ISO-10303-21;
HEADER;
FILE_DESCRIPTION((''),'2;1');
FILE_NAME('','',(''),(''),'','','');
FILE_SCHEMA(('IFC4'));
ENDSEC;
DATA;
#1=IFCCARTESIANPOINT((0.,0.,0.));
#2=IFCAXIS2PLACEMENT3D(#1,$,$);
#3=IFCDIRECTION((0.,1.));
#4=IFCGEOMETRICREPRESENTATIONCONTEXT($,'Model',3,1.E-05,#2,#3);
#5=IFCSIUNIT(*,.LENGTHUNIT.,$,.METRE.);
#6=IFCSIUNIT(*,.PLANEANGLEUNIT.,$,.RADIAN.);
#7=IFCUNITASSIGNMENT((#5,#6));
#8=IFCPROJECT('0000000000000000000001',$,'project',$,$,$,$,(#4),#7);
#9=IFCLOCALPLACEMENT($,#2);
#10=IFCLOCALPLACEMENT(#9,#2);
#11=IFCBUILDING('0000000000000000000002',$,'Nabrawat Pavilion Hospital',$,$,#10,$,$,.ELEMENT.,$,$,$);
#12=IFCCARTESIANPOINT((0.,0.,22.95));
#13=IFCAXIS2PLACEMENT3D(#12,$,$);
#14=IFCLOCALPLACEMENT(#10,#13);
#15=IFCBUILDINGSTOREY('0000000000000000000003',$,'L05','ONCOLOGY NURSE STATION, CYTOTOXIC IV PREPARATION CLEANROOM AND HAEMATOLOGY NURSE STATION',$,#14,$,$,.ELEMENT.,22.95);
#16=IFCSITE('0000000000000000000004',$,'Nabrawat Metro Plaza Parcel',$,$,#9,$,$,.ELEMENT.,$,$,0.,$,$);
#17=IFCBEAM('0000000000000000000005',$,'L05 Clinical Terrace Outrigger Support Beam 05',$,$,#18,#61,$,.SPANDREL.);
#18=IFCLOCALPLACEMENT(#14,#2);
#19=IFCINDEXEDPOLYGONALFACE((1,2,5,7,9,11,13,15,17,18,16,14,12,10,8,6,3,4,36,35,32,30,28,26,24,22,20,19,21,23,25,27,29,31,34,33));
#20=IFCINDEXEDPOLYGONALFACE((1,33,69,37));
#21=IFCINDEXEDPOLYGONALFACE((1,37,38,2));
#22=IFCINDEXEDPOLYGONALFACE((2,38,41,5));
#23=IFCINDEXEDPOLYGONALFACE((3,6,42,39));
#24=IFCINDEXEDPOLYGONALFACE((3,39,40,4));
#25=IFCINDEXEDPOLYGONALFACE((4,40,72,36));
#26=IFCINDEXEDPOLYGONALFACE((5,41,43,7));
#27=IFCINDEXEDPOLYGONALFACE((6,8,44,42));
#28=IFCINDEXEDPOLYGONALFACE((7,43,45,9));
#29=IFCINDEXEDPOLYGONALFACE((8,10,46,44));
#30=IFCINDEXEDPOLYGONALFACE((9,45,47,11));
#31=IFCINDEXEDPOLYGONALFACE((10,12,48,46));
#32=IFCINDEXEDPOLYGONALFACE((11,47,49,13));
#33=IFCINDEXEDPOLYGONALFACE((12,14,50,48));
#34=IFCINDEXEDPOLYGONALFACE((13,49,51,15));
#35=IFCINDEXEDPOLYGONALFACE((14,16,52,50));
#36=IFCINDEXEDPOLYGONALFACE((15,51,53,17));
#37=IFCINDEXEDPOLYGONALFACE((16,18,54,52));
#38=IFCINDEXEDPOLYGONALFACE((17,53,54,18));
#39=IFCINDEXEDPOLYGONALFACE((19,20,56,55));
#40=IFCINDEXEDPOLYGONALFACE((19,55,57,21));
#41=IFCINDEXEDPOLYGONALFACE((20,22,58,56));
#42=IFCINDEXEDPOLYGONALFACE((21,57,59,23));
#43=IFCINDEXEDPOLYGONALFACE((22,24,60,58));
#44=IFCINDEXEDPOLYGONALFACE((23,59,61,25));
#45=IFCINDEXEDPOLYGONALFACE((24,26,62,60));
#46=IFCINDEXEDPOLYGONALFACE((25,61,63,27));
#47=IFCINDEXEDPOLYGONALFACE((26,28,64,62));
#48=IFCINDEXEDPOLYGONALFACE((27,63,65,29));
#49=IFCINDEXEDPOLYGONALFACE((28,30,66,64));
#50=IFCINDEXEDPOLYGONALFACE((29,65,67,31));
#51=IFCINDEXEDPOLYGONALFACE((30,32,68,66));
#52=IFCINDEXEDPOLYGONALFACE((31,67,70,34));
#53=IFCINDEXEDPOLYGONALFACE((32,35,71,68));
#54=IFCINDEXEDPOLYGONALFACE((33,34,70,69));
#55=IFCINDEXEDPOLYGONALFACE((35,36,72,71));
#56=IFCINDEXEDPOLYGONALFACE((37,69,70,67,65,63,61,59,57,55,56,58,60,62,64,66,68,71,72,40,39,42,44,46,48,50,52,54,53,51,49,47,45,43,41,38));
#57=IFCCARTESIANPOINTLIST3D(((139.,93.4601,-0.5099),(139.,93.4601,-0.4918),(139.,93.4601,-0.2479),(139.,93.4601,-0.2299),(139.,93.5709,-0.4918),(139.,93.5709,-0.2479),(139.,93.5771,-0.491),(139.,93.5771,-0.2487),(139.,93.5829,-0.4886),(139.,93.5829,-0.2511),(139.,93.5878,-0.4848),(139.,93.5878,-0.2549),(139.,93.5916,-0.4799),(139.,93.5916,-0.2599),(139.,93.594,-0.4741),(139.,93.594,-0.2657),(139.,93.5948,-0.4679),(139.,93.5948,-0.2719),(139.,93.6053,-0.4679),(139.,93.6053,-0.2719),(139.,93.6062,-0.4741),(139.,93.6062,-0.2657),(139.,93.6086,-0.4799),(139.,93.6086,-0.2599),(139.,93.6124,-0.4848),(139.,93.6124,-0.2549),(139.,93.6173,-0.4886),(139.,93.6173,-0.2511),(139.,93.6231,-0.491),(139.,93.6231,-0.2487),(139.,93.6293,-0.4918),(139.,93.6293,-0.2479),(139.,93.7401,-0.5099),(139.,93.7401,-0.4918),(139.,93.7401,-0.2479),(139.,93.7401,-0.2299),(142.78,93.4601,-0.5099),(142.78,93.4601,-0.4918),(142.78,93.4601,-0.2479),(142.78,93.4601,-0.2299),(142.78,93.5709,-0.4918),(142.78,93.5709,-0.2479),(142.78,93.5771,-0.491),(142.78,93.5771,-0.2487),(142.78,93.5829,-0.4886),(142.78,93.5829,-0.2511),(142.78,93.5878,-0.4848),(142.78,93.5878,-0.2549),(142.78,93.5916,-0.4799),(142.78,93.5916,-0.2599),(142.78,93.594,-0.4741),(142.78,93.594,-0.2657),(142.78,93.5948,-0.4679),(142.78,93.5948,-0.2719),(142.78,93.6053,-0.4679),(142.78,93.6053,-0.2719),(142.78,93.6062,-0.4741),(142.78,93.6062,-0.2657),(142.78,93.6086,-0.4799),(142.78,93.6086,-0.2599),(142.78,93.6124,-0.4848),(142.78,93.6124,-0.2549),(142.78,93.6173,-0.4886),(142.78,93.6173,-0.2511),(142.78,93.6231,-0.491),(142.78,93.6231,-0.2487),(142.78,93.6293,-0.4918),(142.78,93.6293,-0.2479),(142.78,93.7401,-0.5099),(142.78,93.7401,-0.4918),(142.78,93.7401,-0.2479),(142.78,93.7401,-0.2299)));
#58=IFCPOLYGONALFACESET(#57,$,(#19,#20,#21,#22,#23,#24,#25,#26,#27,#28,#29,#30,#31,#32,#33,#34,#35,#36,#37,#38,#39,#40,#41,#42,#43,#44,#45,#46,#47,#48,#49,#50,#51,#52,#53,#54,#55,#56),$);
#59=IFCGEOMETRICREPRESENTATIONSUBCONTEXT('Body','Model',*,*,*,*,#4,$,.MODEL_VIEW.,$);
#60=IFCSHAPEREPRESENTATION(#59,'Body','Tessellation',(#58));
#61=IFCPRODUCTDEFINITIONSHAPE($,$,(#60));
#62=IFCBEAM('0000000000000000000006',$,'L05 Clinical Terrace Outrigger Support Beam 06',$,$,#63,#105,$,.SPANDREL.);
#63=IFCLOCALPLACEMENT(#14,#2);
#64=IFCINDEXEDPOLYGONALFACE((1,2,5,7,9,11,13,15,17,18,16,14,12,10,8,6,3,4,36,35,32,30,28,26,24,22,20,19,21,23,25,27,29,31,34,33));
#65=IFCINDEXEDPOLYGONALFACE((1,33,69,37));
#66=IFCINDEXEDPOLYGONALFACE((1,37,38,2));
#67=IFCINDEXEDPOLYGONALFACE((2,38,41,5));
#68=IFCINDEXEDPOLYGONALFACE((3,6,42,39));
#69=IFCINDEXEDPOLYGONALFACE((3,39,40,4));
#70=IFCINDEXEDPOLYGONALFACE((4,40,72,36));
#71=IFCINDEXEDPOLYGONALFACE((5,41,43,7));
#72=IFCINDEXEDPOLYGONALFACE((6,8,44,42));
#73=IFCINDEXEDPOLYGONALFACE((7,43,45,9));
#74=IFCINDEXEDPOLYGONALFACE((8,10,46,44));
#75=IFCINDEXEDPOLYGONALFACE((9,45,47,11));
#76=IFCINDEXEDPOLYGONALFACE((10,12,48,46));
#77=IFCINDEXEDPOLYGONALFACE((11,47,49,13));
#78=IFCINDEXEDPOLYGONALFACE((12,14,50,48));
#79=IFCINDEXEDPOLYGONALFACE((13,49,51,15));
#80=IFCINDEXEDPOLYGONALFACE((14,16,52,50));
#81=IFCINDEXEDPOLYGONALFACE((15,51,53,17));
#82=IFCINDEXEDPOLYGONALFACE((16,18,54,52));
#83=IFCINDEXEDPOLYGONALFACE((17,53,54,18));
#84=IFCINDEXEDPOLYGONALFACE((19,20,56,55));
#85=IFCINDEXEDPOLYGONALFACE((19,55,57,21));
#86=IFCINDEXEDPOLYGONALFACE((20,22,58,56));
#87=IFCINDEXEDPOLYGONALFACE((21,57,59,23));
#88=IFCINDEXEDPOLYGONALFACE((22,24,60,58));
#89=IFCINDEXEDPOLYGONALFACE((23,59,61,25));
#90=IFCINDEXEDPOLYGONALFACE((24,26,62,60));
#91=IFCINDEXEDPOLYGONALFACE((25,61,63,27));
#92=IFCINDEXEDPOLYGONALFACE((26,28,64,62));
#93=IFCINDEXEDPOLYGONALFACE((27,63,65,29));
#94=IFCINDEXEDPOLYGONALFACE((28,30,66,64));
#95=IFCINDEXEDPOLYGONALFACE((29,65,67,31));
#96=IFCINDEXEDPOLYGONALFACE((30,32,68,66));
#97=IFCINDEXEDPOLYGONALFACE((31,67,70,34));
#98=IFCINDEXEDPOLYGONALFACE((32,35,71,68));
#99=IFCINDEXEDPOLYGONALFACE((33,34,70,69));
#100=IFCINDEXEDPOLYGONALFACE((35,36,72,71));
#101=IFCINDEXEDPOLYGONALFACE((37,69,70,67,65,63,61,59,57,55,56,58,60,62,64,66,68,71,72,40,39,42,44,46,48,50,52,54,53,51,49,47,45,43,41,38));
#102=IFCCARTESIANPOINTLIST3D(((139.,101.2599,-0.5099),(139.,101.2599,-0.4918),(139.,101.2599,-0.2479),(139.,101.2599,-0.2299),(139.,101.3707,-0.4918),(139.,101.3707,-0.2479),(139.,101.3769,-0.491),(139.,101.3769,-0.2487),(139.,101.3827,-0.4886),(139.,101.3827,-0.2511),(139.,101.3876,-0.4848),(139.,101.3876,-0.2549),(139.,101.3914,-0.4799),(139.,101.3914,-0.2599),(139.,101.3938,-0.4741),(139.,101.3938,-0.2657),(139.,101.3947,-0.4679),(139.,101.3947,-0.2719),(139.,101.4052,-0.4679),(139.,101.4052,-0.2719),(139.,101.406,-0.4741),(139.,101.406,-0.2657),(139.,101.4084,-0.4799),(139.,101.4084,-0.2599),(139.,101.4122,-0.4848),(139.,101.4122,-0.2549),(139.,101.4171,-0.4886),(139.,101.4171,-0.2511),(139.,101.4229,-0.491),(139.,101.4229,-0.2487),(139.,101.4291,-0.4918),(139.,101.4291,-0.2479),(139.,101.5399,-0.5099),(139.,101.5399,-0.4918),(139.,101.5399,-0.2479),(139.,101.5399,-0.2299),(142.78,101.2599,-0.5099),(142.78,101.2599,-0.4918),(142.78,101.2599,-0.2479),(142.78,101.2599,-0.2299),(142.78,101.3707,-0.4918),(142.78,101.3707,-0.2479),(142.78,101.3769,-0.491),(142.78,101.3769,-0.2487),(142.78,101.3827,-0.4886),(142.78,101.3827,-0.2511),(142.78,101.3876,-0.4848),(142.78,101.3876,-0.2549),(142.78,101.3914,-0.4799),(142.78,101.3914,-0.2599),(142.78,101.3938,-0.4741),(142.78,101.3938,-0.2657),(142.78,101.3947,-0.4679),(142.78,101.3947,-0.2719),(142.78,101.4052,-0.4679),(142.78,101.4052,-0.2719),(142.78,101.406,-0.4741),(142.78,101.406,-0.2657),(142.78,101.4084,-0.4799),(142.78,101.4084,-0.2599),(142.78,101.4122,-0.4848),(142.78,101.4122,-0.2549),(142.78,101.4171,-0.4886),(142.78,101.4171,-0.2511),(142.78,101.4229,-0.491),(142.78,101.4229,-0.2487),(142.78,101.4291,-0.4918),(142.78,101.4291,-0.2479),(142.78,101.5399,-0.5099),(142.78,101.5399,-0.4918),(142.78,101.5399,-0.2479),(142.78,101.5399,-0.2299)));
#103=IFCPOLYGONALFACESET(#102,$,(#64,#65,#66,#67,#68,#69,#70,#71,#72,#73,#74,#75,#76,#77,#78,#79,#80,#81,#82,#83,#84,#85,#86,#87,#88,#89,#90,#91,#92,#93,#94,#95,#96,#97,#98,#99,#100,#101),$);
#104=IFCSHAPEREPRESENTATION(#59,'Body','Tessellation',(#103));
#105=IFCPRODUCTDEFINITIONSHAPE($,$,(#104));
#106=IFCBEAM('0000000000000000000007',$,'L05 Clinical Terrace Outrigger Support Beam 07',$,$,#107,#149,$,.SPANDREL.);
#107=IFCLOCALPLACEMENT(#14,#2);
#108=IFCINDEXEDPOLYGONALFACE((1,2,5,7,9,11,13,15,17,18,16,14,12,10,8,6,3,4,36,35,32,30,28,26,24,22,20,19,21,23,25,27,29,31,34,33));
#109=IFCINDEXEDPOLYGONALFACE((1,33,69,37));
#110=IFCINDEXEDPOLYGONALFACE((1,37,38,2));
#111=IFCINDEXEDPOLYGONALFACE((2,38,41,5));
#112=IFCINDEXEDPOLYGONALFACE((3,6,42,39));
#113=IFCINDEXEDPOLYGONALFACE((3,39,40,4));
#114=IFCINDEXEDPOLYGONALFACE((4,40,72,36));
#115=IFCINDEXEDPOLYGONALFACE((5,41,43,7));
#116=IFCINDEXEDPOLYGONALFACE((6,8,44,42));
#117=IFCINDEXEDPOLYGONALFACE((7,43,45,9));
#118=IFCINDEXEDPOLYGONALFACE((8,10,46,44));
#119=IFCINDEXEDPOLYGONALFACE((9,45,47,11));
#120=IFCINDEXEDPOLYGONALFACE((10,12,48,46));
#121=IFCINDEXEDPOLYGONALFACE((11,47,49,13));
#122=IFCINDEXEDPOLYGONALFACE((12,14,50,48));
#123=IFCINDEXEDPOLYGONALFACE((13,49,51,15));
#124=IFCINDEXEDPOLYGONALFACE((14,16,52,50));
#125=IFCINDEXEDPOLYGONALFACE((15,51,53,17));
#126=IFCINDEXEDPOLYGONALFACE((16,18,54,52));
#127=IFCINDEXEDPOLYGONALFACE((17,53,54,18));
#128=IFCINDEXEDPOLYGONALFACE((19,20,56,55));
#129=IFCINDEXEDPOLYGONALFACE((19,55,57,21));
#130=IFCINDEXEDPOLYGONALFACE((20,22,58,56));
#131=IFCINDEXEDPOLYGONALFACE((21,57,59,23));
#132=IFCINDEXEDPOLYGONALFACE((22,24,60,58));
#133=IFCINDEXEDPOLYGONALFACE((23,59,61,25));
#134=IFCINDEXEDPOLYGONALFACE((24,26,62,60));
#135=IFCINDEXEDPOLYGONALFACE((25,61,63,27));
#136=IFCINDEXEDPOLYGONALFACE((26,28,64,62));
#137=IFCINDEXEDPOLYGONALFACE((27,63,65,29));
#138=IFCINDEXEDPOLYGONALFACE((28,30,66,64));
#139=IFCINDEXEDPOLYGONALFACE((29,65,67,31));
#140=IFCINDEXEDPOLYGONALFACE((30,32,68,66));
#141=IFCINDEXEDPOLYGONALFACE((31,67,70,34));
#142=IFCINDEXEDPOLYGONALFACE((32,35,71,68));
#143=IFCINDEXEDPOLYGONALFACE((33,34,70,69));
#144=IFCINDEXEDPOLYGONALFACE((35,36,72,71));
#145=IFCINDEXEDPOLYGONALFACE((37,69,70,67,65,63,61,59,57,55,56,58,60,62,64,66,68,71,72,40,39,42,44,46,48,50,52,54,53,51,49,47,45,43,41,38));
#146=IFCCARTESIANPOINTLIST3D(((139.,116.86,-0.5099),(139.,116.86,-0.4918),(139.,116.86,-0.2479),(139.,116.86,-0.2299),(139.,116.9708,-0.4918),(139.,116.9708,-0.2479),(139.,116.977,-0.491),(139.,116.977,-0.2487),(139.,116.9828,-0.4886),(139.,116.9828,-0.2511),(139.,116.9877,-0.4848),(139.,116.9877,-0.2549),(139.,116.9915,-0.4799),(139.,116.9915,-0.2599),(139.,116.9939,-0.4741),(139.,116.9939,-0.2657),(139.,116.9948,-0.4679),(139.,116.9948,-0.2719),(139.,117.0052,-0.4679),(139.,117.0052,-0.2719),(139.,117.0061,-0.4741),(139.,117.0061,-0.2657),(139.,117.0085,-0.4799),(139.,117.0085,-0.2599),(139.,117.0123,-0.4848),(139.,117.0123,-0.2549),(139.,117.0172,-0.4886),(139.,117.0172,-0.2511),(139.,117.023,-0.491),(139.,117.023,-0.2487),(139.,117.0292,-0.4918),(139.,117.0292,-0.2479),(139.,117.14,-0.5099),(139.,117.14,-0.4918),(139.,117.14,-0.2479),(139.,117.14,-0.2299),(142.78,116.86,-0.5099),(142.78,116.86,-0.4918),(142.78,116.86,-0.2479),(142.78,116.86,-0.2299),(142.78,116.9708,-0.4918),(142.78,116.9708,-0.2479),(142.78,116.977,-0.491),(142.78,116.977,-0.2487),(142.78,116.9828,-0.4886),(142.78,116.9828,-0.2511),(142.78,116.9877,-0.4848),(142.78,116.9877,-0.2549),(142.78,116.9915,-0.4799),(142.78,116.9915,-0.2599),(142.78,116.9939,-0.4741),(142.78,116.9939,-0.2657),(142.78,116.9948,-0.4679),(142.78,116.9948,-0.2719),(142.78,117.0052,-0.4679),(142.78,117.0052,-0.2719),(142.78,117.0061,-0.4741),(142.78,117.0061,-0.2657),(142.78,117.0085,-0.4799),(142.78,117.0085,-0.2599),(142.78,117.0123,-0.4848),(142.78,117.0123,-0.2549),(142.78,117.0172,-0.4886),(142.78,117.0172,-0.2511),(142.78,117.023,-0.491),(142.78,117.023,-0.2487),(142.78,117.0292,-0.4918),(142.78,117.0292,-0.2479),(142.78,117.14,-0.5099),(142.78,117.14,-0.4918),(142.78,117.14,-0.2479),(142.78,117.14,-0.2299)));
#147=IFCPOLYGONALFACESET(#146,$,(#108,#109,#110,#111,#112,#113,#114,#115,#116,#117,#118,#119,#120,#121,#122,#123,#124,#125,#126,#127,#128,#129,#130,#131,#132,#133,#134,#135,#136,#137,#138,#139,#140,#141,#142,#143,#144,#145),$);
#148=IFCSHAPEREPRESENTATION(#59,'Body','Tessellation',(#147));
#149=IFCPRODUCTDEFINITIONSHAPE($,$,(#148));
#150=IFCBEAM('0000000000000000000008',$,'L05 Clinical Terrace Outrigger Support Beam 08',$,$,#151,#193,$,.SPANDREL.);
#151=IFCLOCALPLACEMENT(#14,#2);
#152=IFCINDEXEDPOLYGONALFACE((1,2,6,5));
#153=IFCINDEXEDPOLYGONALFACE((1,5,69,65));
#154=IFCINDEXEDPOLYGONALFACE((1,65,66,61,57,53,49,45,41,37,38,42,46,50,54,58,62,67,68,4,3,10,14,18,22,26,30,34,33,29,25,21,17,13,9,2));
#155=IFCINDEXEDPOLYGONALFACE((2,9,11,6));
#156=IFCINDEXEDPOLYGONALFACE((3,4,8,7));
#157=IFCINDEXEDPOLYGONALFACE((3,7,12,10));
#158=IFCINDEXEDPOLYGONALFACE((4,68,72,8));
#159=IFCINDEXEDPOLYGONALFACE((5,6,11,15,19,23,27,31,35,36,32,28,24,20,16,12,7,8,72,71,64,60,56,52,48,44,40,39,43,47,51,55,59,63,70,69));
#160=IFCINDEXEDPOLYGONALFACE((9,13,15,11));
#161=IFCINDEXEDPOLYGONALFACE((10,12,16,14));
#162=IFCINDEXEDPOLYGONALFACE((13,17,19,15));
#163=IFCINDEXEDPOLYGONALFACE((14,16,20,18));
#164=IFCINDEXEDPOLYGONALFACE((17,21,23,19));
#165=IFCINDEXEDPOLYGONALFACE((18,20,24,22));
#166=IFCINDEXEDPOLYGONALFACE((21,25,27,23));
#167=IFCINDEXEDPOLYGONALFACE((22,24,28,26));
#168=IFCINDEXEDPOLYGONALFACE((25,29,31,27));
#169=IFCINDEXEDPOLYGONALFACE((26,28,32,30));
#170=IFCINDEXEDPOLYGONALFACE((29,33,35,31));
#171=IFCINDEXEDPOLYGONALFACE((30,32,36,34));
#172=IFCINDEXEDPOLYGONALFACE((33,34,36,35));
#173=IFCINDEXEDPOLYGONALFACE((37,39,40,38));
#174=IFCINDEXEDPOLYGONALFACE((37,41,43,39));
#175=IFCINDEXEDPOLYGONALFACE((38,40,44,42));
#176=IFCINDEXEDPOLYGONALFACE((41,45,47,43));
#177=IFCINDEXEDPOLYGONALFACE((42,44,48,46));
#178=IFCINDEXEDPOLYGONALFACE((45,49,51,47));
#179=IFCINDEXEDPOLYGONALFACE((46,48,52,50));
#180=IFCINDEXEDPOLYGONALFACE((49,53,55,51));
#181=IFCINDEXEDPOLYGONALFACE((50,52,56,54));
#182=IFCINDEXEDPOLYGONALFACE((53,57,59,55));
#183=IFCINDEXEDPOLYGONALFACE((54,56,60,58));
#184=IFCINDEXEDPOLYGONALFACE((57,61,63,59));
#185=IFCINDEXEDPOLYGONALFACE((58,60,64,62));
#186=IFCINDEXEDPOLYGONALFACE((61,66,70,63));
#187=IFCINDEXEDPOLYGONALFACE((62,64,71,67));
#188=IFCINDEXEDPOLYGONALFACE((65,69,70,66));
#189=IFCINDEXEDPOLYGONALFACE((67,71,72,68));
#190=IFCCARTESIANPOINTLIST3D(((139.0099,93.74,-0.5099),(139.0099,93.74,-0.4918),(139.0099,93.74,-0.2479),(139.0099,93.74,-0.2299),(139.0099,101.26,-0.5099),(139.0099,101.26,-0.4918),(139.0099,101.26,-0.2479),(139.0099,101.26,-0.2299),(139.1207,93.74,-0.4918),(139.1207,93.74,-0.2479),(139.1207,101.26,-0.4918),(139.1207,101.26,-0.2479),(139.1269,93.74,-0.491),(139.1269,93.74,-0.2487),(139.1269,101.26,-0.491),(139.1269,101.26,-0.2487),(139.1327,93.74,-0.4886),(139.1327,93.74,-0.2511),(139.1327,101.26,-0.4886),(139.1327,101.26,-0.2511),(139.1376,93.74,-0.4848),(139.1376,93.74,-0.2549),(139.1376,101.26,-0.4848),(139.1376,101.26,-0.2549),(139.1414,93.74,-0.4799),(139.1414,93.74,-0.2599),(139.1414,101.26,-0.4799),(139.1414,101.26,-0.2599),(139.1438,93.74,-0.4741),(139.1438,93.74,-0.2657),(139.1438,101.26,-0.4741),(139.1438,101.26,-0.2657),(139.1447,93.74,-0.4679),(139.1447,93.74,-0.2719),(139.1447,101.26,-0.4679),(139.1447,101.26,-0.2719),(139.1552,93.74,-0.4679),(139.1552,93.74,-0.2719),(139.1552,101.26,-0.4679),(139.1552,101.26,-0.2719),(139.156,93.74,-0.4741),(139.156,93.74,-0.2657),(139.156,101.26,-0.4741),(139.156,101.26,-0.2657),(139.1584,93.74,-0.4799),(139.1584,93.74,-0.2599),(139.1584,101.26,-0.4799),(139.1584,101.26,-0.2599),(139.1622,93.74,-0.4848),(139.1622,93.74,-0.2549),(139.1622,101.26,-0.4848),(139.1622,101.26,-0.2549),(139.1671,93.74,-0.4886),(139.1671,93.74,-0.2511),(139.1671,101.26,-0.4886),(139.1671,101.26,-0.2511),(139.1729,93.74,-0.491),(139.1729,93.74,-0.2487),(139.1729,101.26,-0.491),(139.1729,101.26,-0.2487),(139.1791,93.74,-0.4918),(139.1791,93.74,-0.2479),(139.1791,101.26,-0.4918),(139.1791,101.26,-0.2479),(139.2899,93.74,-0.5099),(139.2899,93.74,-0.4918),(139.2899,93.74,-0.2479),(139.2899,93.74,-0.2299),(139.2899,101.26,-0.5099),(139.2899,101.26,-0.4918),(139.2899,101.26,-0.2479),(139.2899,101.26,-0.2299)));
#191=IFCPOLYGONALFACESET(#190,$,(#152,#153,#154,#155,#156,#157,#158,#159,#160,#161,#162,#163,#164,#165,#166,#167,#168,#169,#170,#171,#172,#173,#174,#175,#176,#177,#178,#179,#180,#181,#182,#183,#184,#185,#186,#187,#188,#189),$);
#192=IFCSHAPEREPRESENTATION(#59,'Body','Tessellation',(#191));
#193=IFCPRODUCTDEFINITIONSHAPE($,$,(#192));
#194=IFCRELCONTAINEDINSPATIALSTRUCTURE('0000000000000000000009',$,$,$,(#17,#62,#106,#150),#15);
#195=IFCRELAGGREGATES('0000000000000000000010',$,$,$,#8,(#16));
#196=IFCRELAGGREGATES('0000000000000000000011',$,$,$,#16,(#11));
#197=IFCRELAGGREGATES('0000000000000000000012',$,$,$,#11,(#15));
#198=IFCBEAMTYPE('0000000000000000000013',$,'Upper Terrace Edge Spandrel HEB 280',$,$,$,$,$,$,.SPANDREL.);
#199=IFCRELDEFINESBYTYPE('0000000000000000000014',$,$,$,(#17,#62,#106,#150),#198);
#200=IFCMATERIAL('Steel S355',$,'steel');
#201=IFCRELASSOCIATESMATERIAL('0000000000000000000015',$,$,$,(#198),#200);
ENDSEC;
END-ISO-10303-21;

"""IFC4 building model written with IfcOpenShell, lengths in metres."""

from ifc_helpers import new_model, si_unit, direction, frame, origin, origin_2d, place, context, subcontext, project, spatial, i_section, extrude, material, material_profile, profile_set, type_object, element, save


model = new_model("IFC4")

# Units and contexts
model_context = context("Model", 3, precision=1e-05, world=origin(), true_north=direction((0.0, 1.0)))
body_context = subcontext(model_context, "Body", "Model", "MODEL_VIEW")
ifc_project = project(units=[si_unit("LENGTHUNIT", "METRE"), si_unit("PLANEANGLEUNIT", "RADIAN")], contexts=[model_context])

# Site, building, storey
site_placement = place(None, origin())
site = spatial("IfcSite", under=ifc_project, at=site_placement, Name="Nabrawat Metro Plaza Parcel", CompositionType="ELEMENT", RefElevation=0.0)
building_placement = place(site_placement, origin())
building = spatial("IfcBuilding", under=site, at=building_placement, Name="Nabrawat Pavilion Hospital", CompositionType="ELEMENT")
storey_placement = place(building_placement, frame((0.0, 0.0, 22.95)))
storey = spatial("IfcBuildingStorey", under=building, at=storey_placement, Name="L05", Description="ONCOLOGY NURSE STATION, CYTOTOXIC IV PREPARATION CLEANROOM AND HAEMATOLOGY NURSE STATION", CompositionType="ELEMENT", Elevation=22.95)

# Beams
ifc_material_1 = material(Name="Steel S355", Category="steel")
ifc_material_profile = material_profile(ifc_material_1, i_section(OverallWidth=0.28, OverallDepth=0.28, WebThickness=0.0105, FlangeThickness=0.0181, FilletRadius=0.0239, at=origin_2d()), Name="HEB 280")
ifc_profile_set = profile_set([ifc_material_profile], Name="Steel S355")
beam_type = type_object("IfcBeamType", Name="Upper Terrace Edge Spandrel HEB 280", PredefinedType="SPANDREL", material=ifc_profile_set)
for number, where, z_axis, x_axis, name in (
    (1, (139.0, 93.6001, -0.3699), (1.0, 0.0, 0.0), (0.0, 1.0, 0.0), "L05 Clinical Terrace Outrigger Support Beam 05"),
    (2, (139.0, 101.3999, -0.3699), (1.0, 0.0, 0.0), (0.0, 1.0, 0.0), "L05 Clinical Terrace Outrigger Support Beam 06"),
    (3, (139.0, 117.0, -0.3699), (1.0, 0.0, 0.0), (0.0, 1.0, 0.0), "L05 Clinical Terrace Outrigger Support Beam 07"),
):
    element("IfcBeam", number, at=place(storey_placement, frame(where, z_axis=z_axis, x_axis=x_axis)), inside=storey, type_object=beam_type, Name=name, PredefinedType="SPANDREL", context=body_context, shape_type="SweptSolid", body=[
        extrude(i_section(OverallWidth=0.28, OverallDepth=0.28, WebThickness=0.0105, FlangeThickness=0.0181, FilletRadius=0.0239, at=origin_2d()), origin(), (0.0, 0.0, 1.0), 3.78),
    ])
beam_1_placement = place(storey_placement, frame((139.1499, 93.74, -0.3699), z_axis=(0.0, 1.0, 0.0), x_axis=(-1.0, 0.0, 0.0)))
element("IfcBeam", 4, at=beam_1_placement, inside=storey, type_object=beam_type, Name="L05 Clinical Terrace Outrigger Support Beam 08", PredefinedType="SPANDREL", context=body_context, shape_type="SweptSolid", body=[
    extrude(i_section(OverallWidth=0.28, OverallDepth=0.28, WebThickness=0.0105, FlangeThickness=0.0181, FilletRadius=0.0239, at=origin_2d()), origin(), (0.0, 0.0, 1.0), 7.52),
])

save(model, "model.ifc")
